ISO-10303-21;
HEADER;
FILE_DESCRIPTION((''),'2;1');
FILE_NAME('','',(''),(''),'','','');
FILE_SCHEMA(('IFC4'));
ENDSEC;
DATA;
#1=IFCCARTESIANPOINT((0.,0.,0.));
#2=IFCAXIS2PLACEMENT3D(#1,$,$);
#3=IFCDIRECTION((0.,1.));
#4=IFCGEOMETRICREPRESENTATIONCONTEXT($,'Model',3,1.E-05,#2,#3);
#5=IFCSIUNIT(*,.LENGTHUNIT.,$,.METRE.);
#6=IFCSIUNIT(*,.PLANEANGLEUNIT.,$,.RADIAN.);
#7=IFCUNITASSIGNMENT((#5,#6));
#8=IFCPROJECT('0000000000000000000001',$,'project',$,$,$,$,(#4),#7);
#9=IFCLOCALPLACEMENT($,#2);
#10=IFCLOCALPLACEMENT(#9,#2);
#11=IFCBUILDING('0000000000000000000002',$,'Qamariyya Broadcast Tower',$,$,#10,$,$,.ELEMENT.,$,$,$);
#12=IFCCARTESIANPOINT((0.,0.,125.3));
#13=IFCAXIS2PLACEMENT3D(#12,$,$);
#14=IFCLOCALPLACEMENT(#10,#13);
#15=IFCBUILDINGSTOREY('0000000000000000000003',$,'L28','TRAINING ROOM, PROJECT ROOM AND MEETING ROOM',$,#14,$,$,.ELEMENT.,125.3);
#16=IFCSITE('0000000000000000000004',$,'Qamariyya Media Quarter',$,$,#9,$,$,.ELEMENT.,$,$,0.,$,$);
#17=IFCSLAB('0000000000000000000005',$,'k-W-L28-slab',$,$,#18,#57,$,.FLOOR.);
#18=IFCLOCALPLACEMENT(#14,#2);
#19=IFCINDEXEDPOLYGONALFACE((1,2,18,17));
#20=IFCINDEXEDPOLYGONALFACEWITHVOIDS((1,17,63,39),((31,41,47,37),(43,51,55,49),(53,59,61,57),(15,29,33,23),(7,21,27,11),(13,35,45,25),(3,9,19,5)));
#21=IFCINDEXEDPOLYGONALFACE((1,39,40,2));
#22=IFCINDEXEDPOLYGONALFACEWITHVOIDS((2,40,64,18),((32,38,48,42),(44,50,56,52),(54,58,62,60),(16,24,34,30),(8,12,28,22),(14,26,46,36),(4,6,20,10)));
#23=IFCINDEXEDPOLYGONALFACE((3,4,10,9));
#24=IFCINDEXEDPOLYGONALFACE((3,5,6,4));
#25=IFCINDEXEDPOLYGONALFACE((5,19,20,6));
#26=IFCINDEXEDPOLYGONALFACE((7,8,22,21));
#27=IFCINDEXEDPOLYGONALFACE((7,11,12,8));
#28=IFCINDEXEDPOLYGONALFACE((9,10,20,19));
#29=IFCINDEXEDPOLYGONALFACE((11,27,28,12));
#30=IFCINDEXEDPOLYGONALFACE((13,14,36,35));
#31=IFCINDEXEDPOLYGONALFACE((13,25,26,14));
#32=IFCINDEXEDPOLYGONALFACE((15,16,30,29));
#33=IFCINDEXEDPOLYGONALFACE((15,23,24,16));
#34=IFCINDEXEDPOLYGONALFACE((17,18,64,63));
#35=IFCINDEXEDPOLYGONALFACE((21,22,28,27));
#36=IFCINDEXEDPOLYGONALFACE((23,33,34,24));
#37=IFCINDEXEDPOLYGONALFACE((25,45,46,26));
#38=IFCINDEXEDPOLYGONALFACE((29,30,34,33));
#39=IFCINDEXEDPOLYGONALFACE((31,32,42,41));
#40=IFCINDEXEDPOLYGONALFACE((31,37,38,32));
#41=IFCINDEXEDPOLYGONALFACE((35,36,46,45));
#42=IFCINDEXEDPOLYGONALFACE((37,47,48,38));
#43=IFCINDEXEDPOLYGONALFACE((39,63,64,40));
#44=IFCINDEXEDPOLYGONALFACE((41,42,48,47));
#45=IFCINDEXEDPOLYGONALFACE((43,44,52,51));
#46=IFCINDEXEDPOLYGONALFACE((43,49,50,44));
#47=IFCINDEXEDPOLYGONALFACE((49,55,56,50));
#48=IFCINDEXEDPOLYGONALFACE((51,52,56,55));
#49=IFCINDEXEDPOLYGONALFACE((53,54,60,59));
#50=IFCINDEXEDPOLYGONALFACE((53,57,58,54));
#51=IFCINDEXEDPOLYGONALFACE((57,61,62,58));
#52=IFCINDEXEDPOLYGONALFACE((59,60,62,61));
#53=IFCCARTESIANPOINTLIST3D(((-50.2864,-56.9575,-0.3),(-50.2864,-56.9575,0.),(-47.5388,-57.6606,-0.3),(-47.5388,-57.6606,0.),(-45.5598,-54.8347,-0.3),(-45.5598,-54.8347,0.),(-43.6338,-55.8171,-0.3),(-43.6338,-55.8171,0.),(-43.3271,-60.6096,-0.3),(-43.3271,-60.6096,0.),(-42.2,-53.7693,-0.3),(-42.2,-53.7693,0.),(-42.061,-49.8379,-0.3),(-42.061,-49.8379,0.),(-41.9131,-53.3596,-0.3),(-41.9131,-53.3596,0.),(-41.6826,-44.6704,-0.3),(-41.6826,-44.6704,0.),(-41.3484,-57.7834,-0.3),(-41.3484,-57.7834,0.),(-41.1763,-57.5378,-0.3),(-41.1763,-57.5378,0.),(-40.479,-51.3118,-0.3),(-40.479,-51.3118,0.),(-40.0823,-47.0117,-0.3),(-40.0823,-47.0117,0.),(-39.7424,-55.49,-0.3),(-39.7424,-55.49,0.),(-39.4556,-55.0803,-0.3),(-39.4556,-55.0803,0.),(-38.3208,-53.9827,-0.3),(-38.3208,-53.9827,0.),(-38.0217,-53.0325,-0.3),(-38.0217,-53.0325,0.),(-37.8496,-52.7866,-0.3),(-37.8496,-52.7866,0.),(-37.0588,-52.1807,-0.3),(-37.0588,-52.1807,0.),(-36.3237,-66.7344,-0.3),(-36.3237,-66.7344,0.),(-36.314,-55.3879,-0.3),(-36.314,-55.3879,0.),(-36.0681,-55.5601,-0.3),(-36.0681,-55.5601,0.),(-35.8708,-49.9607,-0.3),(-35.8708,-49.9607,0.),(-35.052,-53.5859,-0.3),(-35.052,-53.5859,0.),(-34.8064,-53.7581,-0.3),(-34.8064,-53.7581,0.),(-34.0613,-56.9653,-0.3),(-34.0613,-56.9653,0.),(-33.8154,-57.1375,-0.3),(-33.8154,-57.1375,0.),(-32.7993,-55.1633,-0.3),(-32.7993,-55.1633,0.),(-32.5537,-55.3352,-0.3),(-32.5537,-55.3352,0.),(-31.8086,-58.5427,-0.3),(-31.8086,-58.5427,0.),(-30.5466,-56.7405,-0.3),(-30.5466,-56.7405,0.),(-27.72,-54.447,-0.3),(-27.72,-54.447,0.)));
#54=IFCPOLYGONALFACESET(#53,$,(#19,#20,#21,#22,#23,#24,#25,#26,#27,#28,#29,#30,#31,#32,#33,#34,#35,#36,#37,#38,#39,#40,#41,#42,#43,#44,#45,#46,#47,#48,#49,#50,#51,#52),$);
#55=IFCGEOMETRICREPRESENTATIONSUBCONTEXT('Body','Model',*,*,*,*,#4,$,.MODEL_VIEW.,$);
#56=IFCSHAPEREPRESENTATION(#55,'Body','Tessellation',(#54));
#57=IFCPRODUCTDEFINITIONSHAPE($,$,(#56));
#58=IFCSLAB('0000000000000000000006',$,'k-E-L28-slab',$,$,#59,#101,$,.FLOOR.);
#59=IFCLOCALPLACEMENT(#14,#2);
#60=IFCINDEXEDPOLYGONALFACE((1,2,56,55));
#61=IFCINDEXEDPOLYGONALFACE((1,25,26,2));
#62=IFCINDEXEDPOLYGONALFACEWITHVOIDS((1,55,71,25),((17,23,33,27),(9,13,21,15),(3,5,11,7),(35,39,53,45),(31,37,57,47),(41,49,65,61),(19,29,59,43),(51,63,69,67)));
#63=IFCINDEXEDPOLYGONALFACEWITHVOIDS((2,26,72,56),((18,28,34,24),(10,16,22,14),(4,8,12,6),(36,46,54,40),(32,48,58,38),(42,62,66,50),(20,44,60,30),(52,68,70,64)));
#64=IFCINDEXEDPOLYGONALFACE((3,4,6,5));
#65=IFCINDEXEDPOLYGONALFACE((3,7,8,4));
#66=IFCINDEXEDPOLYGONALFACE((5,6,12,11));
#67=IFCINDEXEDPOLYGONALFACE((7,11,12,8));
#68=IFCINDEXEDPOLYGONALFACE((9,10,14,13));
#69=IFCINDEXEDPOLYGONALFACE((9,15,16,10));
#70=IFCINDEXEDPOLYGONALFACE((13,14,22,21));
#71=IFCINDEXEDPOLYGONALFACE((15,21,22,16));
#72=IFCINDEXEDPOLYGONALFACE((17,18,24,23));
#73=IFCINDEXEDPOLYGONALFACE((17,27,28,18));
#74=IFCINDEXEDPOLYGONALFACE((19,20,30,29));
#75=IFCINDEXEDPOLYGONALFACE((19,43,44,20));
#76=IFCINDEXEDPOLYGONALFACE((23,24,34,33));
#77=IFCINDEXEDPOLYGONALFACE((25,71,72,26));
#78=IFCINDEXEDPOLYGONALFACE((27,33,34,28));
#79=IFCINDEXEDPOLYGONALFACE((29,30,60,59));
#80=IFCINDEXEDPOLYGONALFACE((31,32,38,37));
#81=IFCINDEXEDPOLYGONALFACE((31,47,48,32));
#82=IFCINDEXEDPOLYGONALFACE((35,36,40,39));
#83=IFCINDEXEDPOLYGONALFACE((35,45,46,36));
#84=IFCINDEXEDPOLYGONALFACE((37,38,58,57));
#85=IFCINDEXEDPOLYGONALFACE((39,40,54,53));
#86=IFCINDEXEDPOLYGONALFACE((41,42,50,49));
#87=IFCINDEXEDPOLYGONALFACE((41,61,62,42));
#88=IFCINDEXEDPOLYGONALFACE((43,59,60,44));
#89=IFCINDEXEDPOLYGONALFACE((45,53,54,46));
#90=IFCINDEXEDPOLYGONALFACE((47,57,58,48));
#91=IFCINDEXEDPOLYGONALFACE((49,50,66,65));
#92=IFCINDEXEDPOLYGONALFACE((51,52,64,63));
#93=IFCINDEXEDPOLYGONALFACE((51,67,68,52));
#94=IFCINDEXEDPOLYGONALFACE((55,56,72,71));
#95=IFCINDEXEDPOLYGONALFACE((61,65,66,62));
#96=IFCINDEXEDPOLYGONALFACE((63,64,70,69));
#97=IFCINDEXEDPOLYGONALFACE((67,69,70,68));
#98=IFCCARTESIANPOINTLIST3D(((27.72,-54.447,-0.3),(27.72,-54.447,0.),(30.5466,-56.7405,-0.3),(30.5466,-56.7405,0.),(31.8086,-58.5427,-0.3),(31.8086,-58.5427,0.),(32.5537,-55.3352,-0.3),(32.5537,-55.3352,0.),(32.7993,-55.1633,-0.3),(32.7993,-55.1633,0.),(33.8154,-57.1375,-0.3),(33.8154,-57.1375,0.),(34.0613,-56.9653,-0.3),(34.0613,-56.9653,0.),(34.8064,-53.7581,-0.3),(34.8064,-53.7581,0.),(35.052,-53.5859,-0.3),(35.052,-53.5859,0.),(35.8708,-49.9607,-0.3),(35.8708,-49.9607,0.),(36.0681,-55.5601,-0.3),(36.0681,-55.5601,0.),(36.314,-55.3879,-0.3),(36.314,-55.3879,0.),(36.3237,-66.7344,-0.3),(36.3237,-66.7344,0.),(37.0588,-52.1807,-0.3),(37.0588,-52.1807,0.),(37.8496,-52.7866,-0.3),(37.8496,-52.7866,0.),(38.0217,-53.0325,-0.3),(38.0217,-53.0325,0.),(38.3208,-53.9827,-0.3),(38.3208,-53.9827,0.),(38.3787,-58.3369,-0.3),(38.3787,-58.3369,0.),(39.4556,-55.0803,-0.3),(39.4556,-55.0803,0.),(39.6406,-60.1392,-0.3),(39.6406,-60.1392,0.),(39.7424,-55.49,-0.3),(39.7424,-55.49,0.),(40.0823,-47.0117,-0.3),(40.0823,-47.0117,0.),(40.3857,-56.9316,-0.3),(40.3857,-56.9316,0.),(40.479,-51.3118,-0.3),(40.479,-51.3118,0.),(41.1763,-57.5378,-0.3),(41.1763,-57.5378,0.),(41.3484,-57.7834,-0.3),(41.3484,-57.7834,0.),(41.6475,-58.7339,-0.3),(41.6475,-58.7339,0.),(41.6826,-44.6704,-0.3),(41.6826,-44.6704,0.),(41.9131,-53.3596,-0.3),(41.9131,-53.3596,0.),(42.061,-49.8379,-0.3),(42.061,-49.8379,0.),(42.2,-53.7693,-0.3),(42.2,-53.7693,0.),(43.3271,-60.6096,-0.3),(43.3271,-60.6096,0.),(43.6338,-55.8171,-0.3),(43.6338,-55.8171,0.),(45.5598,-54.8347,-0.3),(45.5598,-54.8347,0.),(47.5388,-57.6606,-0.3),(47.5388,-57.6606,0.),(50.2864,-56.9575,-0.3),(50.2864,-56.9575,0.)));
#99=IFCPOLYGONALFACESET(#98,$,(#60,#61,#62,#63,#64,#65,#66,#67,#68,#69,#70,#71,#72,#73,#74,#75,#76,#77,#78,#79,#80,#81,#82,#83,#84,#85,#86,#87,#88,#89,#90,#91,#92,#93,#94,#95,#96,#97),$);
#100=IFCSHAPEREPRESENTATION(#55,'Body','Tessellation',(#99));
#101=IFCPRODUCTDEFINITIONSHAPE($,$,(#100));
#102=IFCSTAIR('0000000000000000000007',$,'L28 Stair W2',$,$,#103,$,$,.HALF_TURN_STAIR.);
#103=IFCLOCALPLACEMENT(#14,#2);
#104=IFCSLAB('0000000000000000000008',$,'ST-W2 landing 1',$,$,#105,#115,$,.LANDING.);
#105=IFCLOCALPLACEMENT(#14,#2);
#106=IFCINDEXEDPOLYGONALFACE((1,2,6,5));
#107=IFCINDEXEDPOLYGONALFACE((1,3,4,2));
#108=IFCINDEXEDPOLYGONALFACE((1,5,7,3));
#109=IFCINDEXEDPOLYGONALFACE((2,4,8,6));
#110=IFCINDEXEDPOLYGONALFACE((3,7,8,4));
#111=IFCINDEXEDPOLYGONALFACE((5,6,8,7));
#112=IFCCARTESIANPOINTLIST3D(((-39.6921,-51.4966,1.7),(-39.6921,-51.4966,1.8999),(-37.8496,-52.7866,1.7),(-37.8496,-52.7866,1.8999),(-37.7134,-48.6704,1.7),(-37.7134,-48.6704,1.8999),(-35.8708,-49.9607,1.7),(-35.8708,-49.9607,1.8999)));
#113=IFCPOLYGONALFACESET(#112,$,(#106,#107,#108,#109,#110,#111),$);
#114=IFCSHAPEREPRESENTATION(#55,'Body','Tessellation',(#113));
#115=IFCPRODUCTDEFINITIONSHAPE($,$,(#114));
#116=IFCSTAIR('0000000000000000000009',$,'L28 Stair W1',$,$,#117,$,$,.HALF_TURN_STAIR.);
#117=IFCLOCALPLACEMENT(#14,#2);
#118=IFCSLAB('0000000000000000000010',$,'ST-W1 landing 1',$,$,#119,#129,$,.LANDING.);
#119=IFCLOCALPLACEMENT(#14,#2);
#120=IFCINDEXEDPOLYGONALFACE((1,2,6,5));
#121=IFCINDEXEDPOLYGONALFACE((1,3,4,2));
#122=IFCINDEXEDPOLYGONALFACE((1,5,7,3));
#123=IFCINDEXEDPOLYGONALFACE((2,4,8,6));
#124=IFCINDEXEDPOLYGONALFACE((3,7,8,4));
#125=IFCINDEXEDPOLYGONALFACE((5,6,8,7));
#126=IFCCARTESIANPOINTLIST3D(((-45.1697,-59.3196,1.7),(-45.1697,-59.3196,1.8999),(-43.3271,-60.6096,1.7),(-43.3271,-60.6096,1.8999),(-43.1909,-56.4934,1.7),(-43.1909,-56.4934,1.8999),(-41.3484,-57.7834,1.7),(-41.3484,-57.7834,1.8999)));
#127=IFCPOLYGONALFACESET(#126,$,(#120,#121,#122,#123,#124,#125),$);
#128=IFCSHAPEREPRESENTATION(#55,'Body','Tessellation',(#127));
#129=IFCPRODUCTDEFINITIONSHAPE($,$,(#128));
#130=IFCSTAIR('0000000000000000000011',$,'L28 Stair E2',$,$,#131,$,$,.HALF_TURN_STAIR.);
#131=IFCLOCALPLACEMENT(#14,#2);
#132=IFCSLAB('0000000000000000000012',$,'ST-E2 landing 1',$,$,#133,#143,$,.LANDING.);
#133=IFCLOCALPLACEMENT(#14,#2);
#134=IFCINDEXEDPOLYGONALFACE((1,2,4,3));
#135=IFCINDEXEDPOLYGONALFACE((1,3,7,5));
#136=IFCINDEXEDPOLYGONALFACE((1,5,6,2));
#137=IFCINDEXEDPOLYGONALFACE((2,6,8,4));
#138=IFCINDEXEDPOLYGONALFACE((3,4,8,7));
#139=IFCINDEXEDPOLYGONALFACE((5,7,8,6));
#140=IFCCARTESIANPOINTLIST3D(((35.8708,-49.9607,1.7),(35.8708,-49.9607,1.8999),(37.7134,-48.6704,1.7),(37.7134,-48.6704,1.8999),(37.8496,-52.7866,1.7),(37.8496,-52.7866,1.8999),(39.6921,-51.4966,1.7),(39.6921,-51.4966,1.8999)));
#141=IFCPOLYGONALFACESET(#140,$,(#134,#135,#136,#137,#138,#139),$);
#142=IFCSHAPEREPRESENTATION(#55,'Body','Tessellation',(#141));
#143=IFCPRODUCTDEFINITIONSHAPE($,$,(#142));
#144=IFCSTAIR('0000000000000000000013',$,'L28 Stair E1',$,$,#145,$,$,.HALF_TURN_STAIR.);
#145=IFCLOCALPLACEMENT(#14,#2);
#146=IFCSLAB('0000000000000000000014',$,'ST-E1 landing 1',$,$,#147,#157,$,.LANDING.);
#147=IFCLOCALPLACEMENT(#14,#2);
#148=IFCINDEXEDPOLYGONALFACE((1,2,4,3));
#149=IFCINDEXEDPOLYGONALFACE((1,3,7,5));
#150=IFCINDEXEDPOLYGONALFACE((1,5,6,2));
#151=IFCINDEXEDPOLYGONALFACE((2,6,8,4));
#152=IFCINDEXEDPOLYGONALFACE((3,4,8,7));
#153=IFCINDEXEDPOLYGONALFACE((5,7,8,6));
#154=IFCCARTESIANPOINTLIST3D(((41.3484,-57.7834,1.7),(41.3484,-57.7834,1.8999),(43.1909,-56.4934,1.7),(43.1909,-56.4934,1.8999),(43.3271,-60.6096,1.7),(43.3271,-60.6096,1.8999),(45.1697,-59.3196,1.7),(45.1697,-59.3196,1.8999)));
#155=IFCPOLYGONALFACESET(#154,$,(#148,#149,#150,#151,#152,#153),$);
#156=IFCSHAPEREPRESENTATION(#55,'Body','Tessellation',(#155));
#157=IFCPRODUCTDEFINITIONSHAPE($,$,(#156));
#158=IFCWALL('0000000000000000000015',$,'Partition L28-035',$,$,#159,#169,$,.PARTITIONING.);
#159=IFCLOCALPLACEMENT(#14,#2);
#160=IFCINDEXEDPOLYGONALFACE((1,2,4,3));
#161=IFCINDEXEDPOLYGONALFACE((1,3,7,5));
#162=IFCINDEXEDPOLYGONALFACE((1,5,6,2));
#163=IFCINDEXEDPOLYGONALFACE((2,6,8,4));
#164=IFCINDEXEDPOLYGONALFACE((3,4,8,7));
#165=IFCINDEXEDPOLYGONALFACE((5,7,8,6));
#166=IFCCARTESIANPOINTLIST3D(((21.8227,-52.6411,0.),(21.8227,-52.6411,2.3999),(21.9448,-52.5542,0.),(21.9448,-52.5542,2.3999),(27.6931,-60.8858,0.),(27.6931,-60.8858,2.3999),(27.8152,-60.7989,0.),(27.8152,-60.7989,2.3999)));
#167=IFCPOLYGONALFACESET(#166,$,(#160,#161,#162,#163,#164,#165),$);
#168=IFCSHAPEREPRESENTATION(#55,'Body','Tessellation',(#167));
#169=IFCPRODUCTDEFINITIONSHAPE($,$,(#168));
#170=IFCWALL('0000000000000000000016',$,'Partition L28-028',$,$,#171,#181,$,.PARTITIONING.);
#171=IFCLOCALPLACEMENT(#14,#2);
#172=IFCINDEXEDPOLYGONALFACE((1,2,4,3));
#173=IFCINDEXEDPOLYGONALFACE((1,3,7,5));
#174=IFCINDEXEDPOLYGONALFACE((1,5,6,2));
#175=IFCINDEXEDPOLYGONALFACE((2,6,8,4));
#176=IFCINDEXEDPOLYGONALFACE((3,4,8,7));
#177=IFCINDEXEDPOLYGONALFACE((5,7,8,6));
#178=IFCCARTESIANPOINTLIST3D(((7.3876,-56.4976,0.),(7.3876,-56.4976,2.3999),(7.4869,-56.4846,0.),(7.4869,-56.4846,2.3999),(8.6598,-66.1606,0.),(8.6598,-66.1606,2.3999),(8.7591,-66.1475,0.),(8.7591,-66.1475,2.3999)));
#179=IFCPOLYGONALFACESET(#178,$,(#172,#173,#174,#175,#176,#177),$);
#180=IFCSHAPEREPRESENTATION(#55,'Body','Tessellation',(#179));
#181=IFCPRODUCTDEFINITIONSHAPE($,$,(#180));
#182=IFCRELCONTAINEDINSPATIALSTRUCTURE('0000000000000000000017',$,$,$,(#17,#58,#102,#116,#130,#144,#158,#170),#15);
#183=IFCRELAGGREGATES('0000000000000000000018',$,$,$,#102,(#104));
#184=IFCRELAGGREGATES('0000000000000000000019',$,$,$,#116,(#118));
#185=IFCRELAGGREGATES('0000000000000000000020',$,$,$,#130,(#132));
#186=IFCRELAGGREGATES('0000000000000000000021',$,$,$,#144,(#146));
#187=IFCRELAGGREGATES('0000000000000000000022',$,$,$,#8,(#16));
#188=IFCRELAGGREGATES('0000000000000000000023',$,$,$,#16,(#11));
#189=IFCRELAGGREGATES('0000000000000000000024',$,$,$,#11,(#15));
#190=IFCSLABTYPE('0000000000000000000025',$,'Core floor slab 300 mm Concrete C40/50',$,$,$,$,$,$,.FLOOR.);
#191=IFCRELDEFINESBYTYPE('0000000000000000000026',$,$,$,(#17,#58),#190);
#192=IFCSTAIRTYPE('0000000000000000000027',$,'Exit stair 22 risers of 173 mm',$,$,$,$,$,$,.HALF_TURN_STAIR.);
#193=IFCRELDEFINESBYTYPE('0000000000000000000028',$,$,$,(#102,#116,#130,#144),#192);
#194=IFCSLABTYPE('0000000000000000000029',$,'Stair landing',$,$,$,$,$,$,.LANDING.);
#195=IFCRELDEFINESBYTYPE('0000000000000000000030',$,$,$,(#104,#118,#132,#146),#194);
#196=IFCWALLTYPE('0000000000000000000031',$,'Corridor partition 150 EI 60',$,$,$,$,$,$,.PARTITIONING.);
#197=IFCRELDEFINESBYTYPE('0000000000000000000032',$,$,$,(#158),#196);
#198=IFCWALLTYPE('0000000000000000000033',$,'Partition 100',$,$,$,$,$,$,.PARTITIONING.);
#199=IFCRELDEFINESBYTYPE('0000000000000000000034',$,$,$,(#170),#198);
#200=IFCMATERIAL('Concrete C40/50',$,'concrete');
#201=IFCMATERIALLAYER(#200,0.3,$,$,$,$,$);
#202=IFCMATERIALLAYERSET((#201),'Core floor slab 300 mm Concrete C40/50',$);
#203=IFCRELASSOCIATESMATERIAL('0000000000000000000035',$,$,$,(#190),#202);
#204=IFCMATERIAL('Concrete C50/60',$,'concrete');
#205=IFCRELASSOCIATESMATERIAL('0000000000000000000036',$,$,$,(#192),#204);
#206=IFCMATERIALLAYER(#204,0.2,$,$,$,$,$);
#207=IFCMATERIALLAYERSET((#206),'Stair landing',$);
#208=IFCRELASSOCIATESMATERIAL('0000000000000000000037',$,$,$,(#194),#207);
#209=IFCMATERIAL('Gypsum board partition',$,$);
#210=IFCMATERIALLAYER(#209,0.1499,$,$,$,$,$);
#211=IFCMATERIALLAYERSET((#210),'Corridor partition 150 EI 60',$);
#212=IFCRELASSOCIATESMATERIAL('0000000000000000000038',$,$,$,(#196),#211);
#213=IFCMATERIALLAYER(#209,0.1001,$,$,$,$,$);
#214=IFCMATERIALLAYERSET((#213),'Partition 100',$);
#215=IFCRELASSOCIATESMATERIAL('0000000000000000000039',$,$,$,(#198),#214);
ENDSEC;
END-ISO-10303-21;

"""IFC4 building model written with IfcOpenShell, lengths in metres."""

from ifc_helpers import new_model, si_unit, direction, frame, frame_2d, origin, place, context, subcontext, project, spatial, polyline, rectangle, outline, extrude, material, layer, layer_set, type_object, element, aggregate, save


model = new_model("IFC4")

# Units and contexts
model_context = context("Model", 3, precision=1e-05, world=origin(), true_north=direction((0.0, 1.0)))
body_context = subcontext(model_context, "Body", "Model", "MODEL_VIEW")
ifc_project = project(units=[si_unit("LENGTHUNIT", "METRE"), si_unit("PLANEANGLEUNIT", "RADIAN")], contexts=[model_context])

# Site, building, storey
site_placement = place(None, origin())
site = spatial("IfcSite", under=ifc_project, at=site_placement, Name="Qamariyya Media Quarter", CompositionType="ELEMENT", RefElevation=0.0)
building_placement = place(site_placement, origin())
building = spatial("IfcBuilding", under=site, at=building_placement, Name="Qamariyya Broadcast Tower", CompositionType="ELEMENT")
storey_placement = place(building_placement, frame((0.0, 0.0, 125.3)))
storey = spatial("IfcBuildingStorey", under=building, at=storey_placement, Name="L28", Description="TRAINING ROOM, PROJECT ROOM AND MEETING ROOM", CompositionType="ELEMENT", Elevation=125.3)

# Shared definitions
ifc_material_1 = material(Name="Concrete C50/60", Category="concrete")

# Slabs
ifc_material_2 = material(Name="Concrete C40/50", Category="concrete")
ifc_layer_1 = layer(ifc_material_2, 0.3)
ifc_layer_set_1 = layer_set([ifc_layer_1], Name="Core floor slab 300 mm Concrete C40/50")
slab_type_1 = type_object("IfcSlabType", Name="Core floor slab 300 mm Concrete C40/50", PredefinedType="FLOOR", material=ifc_layer_set_1)
slab_1_placement = place(storey_placement, frame((0.0, 0.0, -0.3)))
element("IfcSlab", 1, at=slab_1_placement, inside=storey, type_object=slab_type_1, Name="k-W-L28-slab", PredefinedType="FLOOR", context=body_context, shape_type="SweptSolid", body=[
    extrude(outline(polyline([(-50.2864, -56.9575), (-36.3237, -66.7344), (-27.72, -54.447), (-41.6826, -44.6704), (-50.2864, -56.9575)]), holes=[polyline([(-31.8086, -58.5427), (-33.8154, -57.1375), (-32.5537, -55.3352), (-30.5466, -56.7405), (-31.8086, -58.5427)]), polyline([(-34.0613, -56.9653), (-36.0681, -55.5601), (-34.8064, -53.7581), (-32.7993, -55.1633), (-34.0613, -56.9653)]), polyline([(-36.314, -55.3879), (-38.3208, -53.9827), (-37.0588, -52.1807), (-35.052, -53.5859), (-36.314, -55.3879)]), polyline([(-39.7424, -55.49), (-42.2, -53.7693), (-43.6338, -55.8171), (-41.1763, -57.5378), (-39.7424, -55.49)]), polyline([(-39.4556, -55.0803), (-41.9131, -53.3596), (-40.479, -51.3118), (-38.0217, -53.0325), (-39.4556, -55.0803)]), polyline([(-42.061, -49.8379), (-37.8496, -52.7866), (-35.8708, -49.9607), (-40.0823, -47.0117), (-42.061, -49.8379)]), polyline([(-47.5388, -57.6606), (-43.3271, -60.6096), (-41.3484, -57.7834), (-45.5598, -54.8347), (-47.5388, -57.6606)])]), origin(), (0.0, 0.0, 1.0), 0.3),
])
slab_2_placement = place(storey_placement, frame((0.0, 0.0, -0.3)))
element("IfcSlab", 2, at=slab_2_placement, inside=storey, type_object=slab_type_1, Name="k-E-L28-slab", PredefinedType="FLOOR", context=body_context, shape_type="SweptSolid", body=[
    extrude(outline(polyline([(36.3237, -66.7344), (50.2864, -56.9575), (41.6826, -44.6704), (27.72, -54.447), (36.3237, -66.7344)]), holes=[polyline([(31.8086, -58.5427), (33.8154, -57.1375), (32.5537, -55.3352), (30.5466, -56.7405), (31.8086, -58.5427)]), polyline([(34.0613, -56.9653), (36.0681, -55.5601), (34.8064, -53.7581), (32.7993, -55.1633), (34.0613, -56.9653)]), polyline([(36.314, -55.3879), (38.3208, -53.9827), (37.0588, -52.1807), (35.052, -53.5859), (36.314, -55.3879)]), polyline([(38.3787, -58.3369), (40.3857, -56.9316), (41.6475, -58.7339), (39.6406, -60.1392), (38.3787, -58.3369)]), polyline([(39.7424, -55.49), (42.2, -53.7693), (43.6338, -55.8171), (41.1763, -57.5378), (39.7424, -55.49)]), polyline([(39.4556, -55.0803), (41.9131, -53.3596), (40.479, -51.3118), (38.0217, -53.0325), (39.4556, -55.0803)]), polyline([(40.0823, -47.0117), (35.8708, -49.9607), (37.8496, -52.7866), (42.061, -49.8379), (40.0823, -47.0117)]), polyline([(45.5598, -54.8347), (41.3484, -57.7834), (43.3271, -60.6096), (47.5388, -57.6606), (45.5598, -54.8347)])]), origin(), (0.0, 0.0, 1.0), 0.3),
])

# Stairs, slabs
stair_type = type_object("IfcStairType", Name="Exit stair 22 risers of 173 mm", PredefinedType="HALF_TURN_STAIR", material=ifc_material_1)
stair_1_placement = place(storey_placement, origin())
stair_1 = element("IfcStair", 3, at=stair_1_placement, inside=storey, type_object=stair_type, Name="L28 Stair W2", PredefinedType="HALF_TURN_STAIR")
ifc_layer_2 = layer(ifc_material_1, 0.2)
ifc_layer_set_2 = layer_set([ifc_layer_2], Name="Stair landing")
slab_type_2 = type_object("IfcSlabType", Name="Stair landing", PredefinedType="LANDING", material=ifc_layer_set_2)
slab_3_placement = place(storey_placement, frame((0.0, 0.0, 1.7)))
slab_3 = element("IfcSlab", 4, at=slab_3_placement, type_object=slab_type_2, Name="ST-W2 landing 1", PredefinedType="LANDING", context=body_context, shape_type="SweptSolid", body=[
    extrude(outline(polyline([(-39.6921, -51.4966), (-37.8496, -52.7866), (-35.8708, -49.9607), (-37.7134, -48.6704), (-39.6921, -51.4966)])), origin(), (0.0, 0.0, 1.0), 0.2),
])
aggregate(stair_1, [slab_3])
stair_2_placement = place(storey_placement, origin())
stair_2 = element("IfcStair", 5, at=stair_2_placement, inside=storey, type_object=stair_type, Name="L28 Stair W1", PredefinedType="HALF_TURN_STAIR")
slab_4_placement = place(storey_placement, frame((0.0, 0.0, 1.7)))
slab_4 = element("IfcSlab", 6, at=slab_4_placement, type_object=slab_type_2, Name="ST-W1 landing 1", PredefinedType="LANDING", context=body_context, shape_type="SweptSolid", body=[
    extrude(outline(polyline([(-45.1697, -59.3196), (-43.3271, -60.6096), (-41.3484, -57.7834), (-43.1909, -56.4934), (-45.1697, -59.3196)])), origin(), (0.0, 0.0, 1.0), 0.2),
])
aggregate(stair_2, [slab_4])
stair_3_placement = place(storey_placement, origin())
stair_3 = element("IfcStair", 7, at=stair_3_placement, inside=storey, type_object=stair_type, Name="L28 Stair E2", PredefinedType="HALF_TURN_STAIR")
slab_5_placement = place(storey_placement, frame((0.0, 0.0, 1.7)))
slab_5 = element("IfcSlab", 8, at=slab_5_placement, type_object=slab_type_2, Name="ST-E2 landing 1", PredefinedType="LANDING", context=body_context, shape_type="SweptSolid", body=[
    extrude(outline(polyline([(37.7134, -48.6704), (35.8708, -49.9607), (37.8496, -52.7866), (39.6921, -51.4966), (37.7134, -48.6704)])), origin(), (0.0, 0.0, 1.0), 0.2),
])
aggregate(stair_3, [slab_5])
stair_4_placement = place(storey_placement, origin())
stair_4 = element("IfcStair", 9, at=stair_4_placement, inside=storey, type_object=stair_type, Name="L28 Stair E1", PredefinedType="HALF_TURN_STAIR")
slab_6_placement = place(storey_placement, frame((0.0, 0.0, 1.7)))
slab_6 = element("IfcSlab", 10, at=slab_6_placement, type_object=slab_type_2, Name="ST-E1 landing 1", PredefinedType="LANDING", context=body_context, shape_type="SweptSolid", body=[
    extrude(outline(polyline([(43.1909, -56.4934), (41.3484, -57.7834), (43.3271, -60.6096), (45.1697, -59.3196), (43.1909, -56.4934)])), origin(), (0.0, 0.0, 1.0), 0.2),
])
aggregate(stair_4, [slab_6])

# Walls
ifc_material_3 = material(Name="Gypsum board partition")
ifc_layer_3 = layer(ifc_material_3, 0.1499)
ifc_layer_set_3 = layer_set([ifc_layer_3], Name="Corridor partition 150 EI 60")
wall_type_1 = type_object("IfcWallType", Name="Corridor partition 150 EI 60", PredefinedType="PARTITIONING", material=ifc_layer_set_3)
wall_1_placement = place(storey_placement, frame((21.8838, -52.5977, 0.0), z_axis=(0.0, 0.0, 1.0), x_axis=(0.580017, -0.814605, 0.0)))
element("IfcWall", 11, at=wall_1_placement, inside=storey, type_object=wall_type_1, Name="Partition L28-035", PredefinedType="PARTITIONING", context=body_context, shape_type="SweptSolid", body=[
    extrude(rectangle(XDim=10.1211, YDim=0.1499, at=frame_2d((5.0605, 0.0))), origin(), (0.0, 0.0, 1.0), 2.3999),
])
ifc_layer_4 = layer(ifc_material_3, 0.1001)
ifc_layer_set_4 = layer_set([ifc_layer_4], Name="Partition 100")
wall_type_2 = type_object("IfcWallType", Name="Partition 100", PredefinedType="PARTITIONING", material=ifc_layer_set_4)
wall_2_placement = place(storey_placement, frame((7.4373, -56.4912, 0.0), z_axis=(0.0, 0.0, 1.0), x_axis=(0.130534, -0.991444, 0.0)))
element("IfcWall", 12, at=wall_2_placement, inside=storey, type_object=wall_type_2, Name="Partition L28-028", PredefinedType="PARTITIONING", context=body_context, shape_type="SweptSolid", body=[
    extrude(rectangle(XDim=9.7463, YDim=0.1001, at=frame_2d((4.873, 0.0))), origin(), (0.0, 0.0, 1.0), 2.3999),
])

save(model, "model.ifc")
